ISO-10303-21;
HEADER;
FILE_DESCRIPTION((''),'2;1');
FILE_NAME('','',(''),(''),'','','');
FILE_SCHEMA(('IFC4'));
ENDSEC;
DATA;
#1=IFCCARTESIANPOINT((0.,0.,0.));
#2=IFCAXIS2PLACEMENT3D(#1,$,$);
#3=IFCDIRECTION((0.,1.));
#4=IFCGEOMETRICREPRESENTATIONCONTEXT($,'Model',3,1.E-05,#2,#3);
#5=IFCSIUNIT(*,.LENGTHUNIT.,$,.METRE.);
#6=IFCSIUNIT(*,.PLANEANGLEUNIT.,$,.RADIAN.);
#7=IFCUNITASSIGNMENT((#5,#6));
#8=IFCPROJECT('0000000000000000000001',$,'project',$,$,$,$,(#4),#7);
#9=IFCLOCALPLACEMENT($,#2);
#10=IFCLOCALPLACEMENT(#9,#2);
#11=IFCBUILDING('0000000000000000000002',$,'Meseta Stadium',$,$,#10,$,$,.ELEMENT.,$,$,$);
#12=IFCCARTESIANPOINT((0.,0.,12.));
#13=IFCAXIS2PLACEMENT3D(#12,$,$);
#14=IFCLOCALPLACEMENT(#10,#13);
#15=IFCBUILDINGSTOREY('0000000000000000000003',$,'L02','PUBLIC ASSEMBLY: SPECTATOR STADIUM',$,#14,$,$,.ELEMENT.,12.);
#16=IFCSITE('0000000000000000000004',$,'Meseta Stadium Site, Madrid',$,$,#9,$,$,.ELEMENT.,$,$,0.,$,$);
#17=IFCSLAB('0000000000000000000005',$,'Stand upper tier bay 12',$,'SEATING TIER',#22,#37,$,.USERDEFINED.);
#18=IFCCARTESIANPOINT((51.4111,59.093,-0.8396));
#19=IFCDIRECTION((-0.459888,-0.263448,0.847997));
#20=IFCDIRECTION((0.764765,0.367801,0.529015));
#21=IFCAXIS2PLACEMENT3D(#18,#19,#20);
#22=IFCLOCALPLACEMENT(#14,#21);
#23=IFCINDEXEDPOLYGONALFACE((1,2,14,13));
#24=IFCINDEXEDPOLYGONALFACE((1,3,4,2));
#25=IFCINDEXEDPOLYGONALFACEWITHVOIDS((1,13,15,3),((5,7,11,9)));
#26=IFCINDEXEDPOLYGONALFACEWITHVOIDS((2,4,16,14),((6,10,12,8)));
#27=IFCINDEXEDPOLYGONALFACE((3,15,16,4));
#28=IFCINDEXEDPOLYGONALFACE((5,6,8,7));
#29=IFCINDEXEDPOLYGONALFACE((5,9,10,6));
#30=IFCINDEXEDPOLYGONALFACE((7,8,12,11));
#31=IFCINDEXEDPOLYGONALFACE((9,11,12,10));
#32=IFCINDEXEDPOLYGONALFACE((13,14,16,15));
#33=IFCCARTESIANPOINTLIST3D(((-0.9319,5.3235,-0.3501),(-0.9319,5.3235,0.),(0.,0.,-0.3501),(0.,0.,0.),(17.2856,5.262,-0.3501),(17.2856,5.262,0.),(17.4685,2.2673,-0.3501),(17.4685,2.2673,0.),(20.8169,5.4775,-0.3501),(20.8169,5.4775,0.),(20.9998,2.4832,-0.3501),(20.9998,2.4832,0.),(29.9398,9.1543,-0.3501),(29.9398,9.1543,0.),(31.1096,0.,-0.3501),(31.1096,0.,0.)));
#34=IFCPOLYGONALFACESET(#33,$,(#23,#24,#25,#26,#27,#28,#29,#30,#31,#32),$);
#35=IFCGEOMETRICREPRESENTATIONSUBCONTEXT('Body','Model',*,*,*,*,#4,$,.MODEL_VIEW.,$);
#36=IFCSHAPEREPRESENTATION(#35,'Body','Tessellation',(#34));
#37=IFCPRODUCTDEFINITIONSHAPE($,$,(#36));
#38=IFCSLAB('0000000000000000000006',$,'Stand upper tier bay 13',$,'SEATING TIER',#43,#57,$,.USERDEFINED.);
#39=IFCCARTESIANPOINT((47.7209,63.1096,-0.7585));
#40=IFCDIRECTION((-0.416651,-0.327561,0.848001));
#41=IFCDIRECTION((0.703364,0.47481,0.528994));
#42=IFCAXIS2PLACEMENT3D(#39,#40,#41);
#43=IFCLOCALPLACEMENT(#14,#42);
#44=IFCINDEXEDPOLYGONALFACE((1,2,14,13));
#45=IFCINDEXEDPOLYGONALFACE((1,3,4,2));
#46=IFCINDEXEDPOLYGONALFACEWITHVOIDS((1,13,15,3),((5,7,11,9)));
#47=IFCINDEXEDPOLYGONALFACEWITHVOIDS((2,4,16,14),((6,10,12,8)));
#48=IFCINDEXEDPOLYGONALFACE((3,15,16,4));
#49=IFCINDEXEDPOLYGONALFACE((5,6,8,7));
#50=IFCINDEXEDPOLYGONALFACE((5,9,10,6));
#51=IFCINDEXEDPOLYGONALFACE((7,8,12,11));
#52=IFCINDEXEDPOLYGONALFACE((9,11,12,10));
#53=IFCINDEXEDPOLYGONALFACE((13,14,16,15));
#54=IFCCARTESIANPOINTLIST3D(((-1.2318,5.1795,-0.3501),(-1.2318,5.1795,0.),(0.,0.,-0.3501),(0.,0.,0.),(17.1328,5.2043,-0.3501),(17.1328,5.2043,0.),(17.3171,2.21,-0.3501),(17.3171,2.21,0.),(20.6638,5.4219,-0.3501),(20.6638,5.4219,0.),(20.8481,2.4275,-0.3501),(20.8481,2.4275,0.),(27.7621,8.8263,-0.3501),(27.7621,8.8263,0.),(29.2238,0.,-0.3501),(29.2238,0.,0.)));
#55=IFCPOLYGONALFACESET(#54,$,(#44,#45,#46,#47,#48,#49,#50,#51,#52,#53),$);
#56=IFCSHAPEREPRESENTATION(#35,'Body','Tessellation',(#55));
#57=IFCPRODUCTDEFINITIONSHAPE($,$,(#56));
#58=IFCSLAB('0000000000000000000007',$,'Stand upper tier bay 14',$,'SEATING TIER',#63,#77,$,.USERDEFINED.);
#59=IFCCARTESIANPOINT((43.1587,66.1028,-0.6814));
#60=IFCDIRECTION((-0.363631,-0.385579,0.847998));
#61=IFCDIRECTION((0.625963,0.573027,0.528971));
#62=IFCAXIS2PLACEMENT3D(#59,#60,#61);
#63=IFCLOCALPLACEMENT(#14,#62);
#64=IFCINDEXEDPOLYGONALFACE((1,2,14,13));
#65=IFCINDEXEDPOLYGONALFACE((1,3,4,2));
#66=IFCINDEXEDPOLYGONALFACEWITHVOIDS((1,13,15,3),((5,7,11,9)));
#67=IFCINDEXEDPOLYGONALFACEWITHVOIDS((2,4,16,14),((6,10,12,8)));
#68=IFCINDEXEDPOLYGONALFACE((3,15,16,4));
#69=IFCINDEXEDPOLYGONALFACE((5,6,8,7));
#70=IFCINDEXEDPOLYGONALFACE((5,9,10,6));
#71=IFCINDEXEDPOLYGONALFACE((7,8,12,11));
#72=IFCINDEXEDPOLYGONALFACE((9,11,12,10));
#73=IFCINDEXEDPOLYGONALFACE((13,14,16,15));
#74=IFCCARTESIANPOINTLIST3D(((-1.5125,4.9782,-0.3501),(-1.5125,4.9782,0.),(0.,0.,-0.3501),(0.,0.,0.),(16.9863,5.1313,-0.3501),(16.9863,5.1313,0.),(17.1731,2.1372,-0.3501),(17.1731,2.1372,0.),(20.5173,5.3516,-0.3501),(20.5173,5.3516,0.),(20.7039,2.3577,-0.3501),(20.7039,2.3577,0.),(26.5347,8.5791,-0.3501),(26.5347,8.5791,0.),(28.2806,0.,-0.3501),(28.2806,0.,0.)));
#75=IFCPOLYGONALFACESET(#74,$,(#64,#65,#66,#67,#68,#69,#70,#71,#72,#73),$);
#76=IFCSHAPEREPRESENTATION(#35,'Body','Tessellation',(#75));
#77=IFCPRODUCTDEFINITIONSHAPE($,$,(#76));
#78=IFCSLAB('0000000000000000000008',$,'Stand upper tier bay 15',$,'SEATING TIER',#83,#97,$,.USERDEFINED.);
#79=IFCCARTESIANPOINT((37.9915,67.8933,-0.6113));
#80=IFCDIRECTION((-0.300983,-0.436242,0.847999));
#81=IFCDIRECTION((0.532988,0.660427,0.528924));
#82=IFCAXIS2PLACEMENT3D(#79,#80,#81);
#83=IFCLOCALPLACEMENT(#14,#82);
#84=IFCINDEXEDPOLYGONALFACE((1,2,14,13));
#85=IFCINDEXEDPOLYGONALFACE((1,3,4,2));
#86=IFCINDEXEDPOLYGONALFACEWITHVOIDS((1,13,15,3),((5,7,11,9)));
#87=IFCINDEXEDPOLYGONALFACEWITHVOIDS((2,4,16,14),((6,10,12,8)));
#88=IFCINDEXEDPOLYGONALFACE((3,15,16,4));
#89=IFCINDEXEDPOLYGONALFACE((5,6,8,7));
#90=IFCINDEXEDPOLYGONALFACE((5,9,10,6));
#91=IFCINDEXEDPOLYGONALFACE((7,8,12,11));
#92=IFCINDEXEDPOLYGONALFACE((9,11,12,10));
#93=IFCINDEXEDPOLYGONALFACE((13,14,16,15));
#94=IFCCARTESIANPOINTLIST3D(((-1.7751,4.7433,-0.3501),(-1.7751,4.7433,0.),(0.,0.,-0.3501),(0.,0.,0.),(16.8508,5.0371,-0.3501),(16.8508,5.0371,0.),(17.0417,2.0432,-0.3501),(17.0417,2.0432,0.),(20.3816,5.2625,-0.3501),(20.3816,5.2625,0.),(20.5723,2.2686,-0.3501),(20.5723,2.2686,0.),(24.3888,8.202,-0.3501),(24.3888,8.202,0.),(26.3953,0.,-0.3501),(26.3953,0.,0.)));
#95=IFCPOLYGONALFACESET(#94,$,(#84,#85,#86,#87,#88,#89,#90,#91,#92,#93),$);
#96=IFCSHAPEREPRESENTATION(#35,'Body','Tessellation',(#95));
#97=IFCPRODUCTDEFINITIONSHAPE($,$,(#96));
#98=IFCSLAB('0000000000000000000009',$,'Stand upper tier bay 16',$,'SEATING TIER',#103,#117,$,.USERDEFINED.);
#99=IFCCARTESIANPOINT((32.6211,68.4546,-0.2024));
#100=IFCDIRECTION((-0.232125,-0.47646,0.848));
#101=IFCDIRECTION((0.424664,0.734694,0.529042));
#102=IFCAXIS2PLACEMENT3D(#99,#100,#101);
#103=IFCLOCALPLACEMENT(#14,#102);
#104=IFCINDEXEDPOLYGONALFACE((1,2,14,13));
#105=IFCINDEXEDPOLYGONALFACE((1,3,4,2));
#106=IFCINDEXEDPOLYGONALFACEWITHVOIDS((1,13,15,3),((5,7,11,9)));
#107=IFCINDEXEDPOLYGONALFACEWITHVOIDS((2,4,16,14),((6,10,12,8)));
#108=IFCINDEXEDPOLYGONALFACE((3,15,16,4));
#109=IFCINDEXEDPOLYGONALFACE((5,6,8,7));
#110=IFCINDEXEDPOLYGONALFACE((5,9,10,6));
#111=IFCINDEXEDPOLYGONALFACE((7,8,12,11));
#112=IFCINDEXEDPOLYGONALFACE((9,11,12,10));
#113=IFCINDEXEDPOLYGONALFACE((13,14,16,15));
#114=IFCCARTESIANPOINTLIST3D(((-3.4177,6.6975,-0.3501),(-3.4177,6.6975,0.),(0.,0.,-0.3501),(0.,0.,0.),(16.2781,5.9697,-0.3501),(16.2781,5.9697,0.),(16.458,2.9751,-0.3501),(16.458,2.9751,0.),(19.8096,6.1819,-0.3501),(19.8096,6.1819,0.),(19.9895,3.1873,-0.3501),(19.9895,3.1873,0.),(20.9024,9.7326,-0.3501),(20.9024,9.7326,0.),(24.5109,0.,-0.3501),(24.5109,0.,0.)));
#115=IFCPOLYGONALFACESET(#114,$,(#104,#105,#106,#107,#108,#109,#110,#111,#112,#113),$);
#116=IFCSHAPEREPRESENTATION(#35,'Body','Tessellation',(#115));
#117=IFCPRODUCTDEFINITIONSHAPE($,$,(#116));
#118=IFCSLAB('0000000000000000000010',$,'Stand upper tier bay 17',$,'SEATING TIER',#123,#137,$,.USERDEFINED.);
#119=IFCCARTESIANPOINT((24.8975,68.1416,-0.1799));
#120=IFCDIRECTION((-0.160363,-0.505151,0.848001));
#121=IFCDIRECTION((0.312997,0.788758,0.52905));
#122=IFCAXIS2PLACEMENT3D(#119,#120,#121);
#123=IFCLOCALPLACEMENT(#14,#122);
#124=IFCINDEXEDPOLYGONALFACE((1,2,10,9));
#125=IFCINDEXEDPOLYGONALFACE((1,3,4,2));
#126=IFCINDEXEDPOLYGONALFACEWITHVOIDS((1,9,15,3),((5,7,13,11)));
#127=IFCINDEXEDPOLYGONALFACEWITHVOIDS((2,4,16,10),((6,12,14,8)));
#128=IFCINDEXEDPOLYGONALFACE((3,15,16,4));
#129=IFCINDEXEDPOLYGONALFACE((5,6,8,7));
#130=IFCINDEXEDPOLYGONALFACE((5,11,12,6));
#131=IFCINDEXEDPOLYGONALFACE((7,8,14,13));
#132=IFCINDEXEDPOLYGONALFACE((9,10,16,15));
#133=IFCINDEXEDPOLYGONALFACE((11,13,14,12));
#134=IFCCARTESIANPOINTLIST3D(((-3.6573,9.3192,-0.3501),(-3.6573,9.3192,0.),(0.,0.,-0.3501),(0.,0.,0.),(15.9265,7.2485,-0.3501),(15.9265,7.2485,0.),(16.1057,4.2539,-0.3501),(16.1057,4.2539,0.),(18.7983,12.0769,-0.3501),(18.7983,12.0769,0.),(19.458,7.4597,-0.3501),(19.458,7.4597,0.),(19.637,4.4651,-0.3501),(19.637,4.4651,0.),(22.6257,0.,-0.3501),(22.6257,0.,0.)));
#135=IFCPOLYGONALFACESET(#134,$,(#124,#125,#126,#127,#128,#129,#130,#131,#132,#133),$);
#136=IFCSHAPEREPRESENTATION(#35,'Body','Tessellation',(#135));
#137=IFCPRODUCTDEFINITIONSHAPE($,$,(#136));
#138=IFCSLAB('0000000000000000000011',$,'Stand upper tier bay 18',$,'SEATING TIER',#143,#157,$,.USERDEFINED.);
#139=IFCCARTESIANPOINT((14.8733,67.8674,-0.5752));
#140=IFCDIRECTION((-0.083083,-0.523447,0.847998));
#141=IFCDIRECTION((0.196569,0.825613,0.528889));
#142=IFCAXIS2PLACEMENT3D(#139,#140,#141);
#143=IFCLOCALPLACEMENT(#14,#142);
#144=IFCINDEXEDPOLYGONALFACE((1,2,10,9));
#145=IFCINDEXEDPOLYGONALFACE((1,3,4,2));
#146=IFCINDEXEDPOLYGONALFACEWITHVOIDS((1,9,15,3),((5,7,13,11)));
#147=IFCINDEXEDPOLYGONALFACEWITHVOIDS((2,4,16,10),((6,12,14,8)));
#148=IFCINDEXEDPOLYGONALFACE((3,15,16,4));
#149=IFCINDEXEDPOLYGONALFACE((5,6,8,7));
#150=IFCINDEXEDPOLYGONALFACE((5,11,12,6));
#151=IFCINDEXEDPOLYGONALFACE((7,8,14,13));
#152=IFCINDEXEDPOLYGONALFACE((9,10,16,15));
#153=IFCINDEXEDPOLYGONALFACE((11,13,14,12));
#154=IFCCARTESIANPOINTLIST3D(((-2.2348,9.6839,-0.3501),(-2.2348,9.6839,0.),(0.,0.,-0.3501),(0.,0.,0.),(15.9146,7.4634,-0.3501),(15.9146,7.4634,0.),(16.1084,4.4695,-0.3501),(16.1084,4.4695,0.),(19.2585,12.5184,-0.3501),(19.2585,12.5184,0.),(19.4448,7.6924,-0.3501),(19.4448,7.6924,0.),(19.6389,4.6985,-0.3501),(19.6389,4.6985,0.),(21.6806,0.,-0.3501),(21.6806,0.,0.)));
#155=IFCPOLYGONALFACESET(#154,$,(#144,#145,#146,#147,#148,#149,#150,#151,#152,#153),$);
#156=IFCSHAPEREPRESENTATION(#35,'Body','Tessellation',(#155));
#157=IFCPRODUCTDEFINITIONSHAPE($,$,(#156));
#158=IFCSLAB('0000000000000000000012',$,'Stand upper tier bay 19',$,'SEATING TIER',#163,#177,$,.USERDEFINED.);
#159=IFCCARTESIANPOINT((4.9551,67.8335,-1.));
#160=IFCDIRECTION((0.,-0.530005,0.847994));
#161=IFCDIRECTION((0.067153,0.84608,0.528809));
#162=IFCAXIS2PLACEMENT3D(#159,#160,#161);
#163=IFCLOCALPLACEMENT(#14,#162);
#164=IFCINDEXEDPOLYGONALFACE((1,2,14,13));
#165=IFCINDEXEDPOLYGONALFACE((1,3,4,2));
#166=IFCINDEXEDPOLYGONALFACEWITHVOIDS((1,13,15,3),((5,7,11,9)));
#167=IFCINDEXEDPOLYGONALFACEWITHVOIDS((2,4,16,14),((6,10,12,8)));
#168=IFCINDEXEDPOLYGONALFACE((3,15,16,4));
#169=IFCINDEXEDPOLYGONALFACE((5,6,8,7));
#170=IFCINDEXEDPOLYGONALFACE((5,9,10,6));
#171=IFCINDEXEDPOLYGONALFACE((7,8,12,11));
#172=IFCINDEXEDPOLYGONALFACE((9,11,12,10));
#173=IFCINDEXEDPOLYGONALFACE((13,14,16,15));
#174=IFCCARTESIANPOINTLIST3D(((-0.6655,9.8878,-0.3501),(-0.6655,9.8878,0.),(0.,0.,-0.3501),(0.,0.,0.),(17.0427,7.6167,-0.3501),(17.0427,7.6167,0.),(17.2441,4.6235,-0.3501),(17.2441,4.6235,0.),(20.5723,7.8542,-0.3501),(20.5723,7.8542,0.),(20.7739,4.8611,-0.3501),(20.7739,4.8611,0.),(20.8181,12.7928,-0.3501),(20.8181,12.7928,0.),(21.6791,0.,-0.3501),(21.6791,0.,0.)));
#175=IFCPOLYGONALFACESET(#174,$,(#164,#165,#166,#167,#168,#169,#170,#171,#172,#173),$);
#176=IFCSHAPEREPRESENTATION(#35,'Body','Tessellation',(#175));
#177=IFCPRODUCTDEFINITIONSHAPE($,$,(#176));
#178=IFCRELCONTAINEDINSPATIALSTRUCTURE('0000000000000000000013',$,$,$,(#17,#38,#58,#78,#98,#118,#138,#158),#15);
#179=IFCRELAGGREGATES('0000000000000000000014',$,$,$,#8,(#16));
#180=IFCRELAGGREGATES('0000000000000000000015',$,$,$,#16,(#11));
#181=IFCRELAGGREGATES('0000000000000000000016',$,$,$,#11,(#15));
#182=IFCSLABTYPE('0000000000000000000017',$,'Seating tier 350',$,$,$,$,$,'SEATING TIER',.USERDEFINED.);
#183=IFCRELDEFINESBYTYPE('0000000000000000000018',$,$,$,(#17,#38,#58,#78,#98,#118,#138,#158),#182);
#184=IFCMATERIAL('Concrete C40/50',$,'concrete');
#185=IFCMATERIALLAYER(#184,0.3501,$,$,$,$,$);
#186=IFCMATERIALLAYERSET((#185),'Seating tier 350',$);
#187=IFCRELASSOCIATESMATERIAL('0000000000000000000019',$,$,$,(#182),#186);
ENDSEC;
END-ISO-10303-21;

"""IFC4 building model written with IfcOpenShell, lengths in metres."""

from ifc_helpers import new_model, si_unit, direction, frame, origin, place, context, subcontext, project, spatial, polyline, outline, extrude, material, layer, layer_set, type_object, element, save


model = new_model("IFC4")

# Units and contexts
model_context = context("Model", 3, precision=1e-05, world=origin(), true_north=direction((0.0, 1.0)))
body_context = subcontext(model_context, "Body", "Model", "MODEL_VIEW")
ifc_project = project(units=[si_unit("LENGTHUNIT", "METRE"), si_unit("PLANEANGLEUNIT", "RADIAN")], contexts=[model_context])

# Site, building, storey
site_placement = place(None, origin())
site = spatial("IfcSite", under=ifc_project, at=site_placement, Name="Meseta Stadium Site, Madrid", CompositionType="ELEMENT", RefElevation=0.0)
building_placement = place(site_placement, origin())
building = spatial("IfcBuilding", under=site, at=building_placement, Name="Meseta Stadium", CompositionType="ELEMENT")
storey_placement = place(building_placement, frame((0.0, 0.0, 12.0)))
storey = spatial("IfcBuildingStorey", under=building, at=storey_placement, Name="L02", Description="PUBLIC ASSEMBLY: SPECTATOR STADIUM", CompositionType="ELEMENT", Elevation=12.0)

# Slabs
ifc_material_1 = material(Name="Concrete C40/50", Category="concrete")
ifc_layer_1 = layer(ifc_material_1, 0.3501)
ifc_layer_set_1 = layer_set([ifc_layer_1], Name="Seating tier 350")
slab_type = type_object("IfcSlabType", Name="Seating tier 350", ElementType="SEATING TIER", PredefinedType="USERDEFINED", material=ifc_layer_set_1)
slab_1_placement = place(storey_placement, frame((51.4111, 59.093, -0.8396), z_axis=(-0.459888, -0.263448, 0.847997), x_axis=(0.764765, 0.367801, 0.529015)))
element("IfcSlab", 1, at=slab_1_placement, inside=storey, type_object=slab_type, Name="Stand upper tier bay 12", ObjectType="SEATING TIER", PredefinedType="USERDEFINED", context=body_context, shape_type="SweptSolid", body=[
    extrude(outline(polyline([(0.0, 0.0), (31.1096, 0.0), (29.9398, 9.1543), (-0.9319, 5.3235), (0.0, 0.0)]), holes=[polyline([(17.4685, 2.2673), (20.9998, 2.4832), (20.8169, 5.4775), (17.2856, 5.262), (17.4685, 2.2673)])]), origin(), (0.0, 0.0, -1.0), 0.3501),
])
slab_2_placement = place(storey_placement, frame((47.7209, 63.1096, -0.7585), z_axis=(-0.416651, -0.327561, 0.848001), x_axis=(0.703364, 0.47481, 0.528994)))
element("IfcSlab", 2, at=slab_2_placement, inside=storey, type_object=slab_type, Name="Stand upper tier bay 13", ObjectType="SEATING TIER", PredefinedType="USERDEFINED", context=body_context, shape_type="SweptSolid", body=[
    extrude(outline(polyline([(0.0, 0.0), (29.2238, 0.0), (27.7621, 8.8263), (-1.2318, 5.1795), (0.0, 0.0)]), holes=[polyline([(17.3171, 2.21), (20.8481, 2.4275), (20.6638, 5.4219), (17.1328, 5.2043), (17.3171, 2.21)])]), origin(), (0.0, 0.0, -1.0), 0.3501),
])
slab_3_placement = place(storey_placement, frame((43.1587, 66.1028, -0.6814), z_axis=(-0.363631, -0.385579, 0.847998), x_axis=(0.625963, 0.573027, 0.528971)))
element("IfcSlab", 3, at=slab_3_placement, inside=storey, type_object=slab_type, Name="Stand upper tier bay 14", ObjectType="SEATING TIER", PredefinedType="USERDEFINED", context=body_context, shape_type="SweptSolid", body=[
    extrude(outline(polyline([(0.0, 0.0), (28.2806, 0.0), (26.5347, 8.5791), (-1.5125, 4.9782), (0.0, 0.0)]), holes=[polyline([(17.1731, 2.1372), (20.7039, 2.3577), (20.5173, 5.3516), (16.9863, 5.1313), (17.1731, 2.1372)])]), origin(), (0.0, 0.0, -1.0), 0.3501),
])
slab_4_placement = place(storey_placement, frame((37.9915, 67.8933, -0.6113), z_axis=(-0.300983, -0.436242, 0.847999), x_axis=(0.532988, 0.660427, 0.528924)))
element("IfcSlab", 4, at=slab_4_placement, inside=storey, type_object=slab_type, Name="Stand upper tier bay 15", ObjectType="SEATING TIER", PredefinedType="USERDEFINED", context=body_context, shape_type="SweptSolid", body=[
    extrude(outline(polyline([(0.0, 0.0), (26.3953, 0.0), (24.3888, 8.202), (-1.7751, 4.7433), (0.0, 0.0)]), holes=[polyline([(17.0417, 2.0432), (20.5723, 2.2686), (20.3816, 5.2625), (16.8508, 5.0371), (17.0417, 2.0432)])]), origin(), (0.0, 0.0, -1.0), 0.3501),
])
slab_5_placement = place(storey_placement, frame((32.6211, 68.4546, -0.2024), z_axis=(-0.232125, -0.47646, 0.848), x_axis=(0.424664, 0.734694, 0.529042)))
element("IfcSlab", 5, at=slab_5_placement, inside=storey, type_object=slab_type, Name="Stand upper tier bay 16", ObjectType="SEATING TIER", PredefinedType="USERDEFINED", context=body_context, shape_type="SweptSolid", body=[
    extrude(outline(polyline([(0.0, 0.0), (24.5109, 0.0), (20.9024, 9.7326), (-3.4177, 6.6975), (0.0, 0.0)]), holes=[polyline([(16.458, 2.9751), (19.9895, 3.1873), (19.8096, 6.1819), (16.2781, 5.9697), (16.458, 2.9751)])]), origin(), (0.0, 0.0, -1.0), 0.3501),
])
slab_6_placement = place(storey_placement, frame((24.8975, 68.1416, -0.1799), z_axis=(-0.160363, -0.505151, 0.848001), x_axis=(0.312997, 0.788758, 0.52905)))
element("IfcSlab", 6, at=slab_6_placement, inside=storey, type_object=slab_type, Name="Stand upper tier bay 17", ObjectType="SEATING TIER", PredefinedType="USERDEFINED", context=body_context, shape_type="SweptSolid", body=[
    extrude(outline(polyline([(0.0, 0.0), (22.6257, 0.0), (18.7983, 12.0769), (-3.6573, 9.3192), (0.0, 0.0)]), holes=[polyline([(16.1057, 4.2539), (19.637, 4.4651), (19.458, 7.4597), (15.9265, 7.2485), (16.1057, 4.2539)])]), origin(), (0.0, 0.0, -1.0), 0.3501),
])
slab_7_placement = place(storey_placement, frame((14.8733, 67.8674, -0.5752), z_axis=(-0.083083, -0.523447, 0.847998), x_axis=(0.196569, 0.825613, 0.528889)))
element("IfcSlab", 7, at=slab_7_placement, inside=storey, type_object=slab_type, Name="Stand upper tier bay 18", ObjectType="SEATING TIER", PredefinedType="USERDEFINED", context=body_context, shape_type="SweptSolid", body=[
    extrude(outline(polyline([(0.0, 0.0), (21.6806, 0.0), (19.2585, 12.5184), (-2.2348, 9.6839), (0.0, 0.0)]), holes=[polyline([(16.1084, 4.4695), (19.6389, 4.6985), (19.4448, 7.6924), (15.9146, 7.4634), (16.1084, 4.4695)])]), origin(), (0.0, 0.0, -1.0), 0.3501),
])
slab_8_placement = place(storey_placement, frame((4.9551, 67.8335, -1.0), z_axis=(0.0, -0.530005, 0.847994), x_axis=(0.067153, 0.84608, 0.528809)))
element("IfcSlab", 8, at=slab_8_placement, inside=storey, type_object=slab_type, Name="Stand upper tier bay 19", ObjectType="SEATING TIER", PredefinedType="USERDEFINED", context=body_context, shape_type="SweptSolid", body=[
    extrude(outline(polyline([(0.0, 0.0), (21.6791, 0.0), (20.8181, 12.7928), (-0.6655, 9.8878), (0.0, 0.0)]), holes=[polyline([(17.2441, 4.6235), (20.7739, 4.8611), (20.5723, 7.8542), (17.0427, 7.6167), (17.2441, 4.6235)])]), origin(), (0.0, 0.0, -1.0), 0.3501),
])

save(model, "model.ifc")
